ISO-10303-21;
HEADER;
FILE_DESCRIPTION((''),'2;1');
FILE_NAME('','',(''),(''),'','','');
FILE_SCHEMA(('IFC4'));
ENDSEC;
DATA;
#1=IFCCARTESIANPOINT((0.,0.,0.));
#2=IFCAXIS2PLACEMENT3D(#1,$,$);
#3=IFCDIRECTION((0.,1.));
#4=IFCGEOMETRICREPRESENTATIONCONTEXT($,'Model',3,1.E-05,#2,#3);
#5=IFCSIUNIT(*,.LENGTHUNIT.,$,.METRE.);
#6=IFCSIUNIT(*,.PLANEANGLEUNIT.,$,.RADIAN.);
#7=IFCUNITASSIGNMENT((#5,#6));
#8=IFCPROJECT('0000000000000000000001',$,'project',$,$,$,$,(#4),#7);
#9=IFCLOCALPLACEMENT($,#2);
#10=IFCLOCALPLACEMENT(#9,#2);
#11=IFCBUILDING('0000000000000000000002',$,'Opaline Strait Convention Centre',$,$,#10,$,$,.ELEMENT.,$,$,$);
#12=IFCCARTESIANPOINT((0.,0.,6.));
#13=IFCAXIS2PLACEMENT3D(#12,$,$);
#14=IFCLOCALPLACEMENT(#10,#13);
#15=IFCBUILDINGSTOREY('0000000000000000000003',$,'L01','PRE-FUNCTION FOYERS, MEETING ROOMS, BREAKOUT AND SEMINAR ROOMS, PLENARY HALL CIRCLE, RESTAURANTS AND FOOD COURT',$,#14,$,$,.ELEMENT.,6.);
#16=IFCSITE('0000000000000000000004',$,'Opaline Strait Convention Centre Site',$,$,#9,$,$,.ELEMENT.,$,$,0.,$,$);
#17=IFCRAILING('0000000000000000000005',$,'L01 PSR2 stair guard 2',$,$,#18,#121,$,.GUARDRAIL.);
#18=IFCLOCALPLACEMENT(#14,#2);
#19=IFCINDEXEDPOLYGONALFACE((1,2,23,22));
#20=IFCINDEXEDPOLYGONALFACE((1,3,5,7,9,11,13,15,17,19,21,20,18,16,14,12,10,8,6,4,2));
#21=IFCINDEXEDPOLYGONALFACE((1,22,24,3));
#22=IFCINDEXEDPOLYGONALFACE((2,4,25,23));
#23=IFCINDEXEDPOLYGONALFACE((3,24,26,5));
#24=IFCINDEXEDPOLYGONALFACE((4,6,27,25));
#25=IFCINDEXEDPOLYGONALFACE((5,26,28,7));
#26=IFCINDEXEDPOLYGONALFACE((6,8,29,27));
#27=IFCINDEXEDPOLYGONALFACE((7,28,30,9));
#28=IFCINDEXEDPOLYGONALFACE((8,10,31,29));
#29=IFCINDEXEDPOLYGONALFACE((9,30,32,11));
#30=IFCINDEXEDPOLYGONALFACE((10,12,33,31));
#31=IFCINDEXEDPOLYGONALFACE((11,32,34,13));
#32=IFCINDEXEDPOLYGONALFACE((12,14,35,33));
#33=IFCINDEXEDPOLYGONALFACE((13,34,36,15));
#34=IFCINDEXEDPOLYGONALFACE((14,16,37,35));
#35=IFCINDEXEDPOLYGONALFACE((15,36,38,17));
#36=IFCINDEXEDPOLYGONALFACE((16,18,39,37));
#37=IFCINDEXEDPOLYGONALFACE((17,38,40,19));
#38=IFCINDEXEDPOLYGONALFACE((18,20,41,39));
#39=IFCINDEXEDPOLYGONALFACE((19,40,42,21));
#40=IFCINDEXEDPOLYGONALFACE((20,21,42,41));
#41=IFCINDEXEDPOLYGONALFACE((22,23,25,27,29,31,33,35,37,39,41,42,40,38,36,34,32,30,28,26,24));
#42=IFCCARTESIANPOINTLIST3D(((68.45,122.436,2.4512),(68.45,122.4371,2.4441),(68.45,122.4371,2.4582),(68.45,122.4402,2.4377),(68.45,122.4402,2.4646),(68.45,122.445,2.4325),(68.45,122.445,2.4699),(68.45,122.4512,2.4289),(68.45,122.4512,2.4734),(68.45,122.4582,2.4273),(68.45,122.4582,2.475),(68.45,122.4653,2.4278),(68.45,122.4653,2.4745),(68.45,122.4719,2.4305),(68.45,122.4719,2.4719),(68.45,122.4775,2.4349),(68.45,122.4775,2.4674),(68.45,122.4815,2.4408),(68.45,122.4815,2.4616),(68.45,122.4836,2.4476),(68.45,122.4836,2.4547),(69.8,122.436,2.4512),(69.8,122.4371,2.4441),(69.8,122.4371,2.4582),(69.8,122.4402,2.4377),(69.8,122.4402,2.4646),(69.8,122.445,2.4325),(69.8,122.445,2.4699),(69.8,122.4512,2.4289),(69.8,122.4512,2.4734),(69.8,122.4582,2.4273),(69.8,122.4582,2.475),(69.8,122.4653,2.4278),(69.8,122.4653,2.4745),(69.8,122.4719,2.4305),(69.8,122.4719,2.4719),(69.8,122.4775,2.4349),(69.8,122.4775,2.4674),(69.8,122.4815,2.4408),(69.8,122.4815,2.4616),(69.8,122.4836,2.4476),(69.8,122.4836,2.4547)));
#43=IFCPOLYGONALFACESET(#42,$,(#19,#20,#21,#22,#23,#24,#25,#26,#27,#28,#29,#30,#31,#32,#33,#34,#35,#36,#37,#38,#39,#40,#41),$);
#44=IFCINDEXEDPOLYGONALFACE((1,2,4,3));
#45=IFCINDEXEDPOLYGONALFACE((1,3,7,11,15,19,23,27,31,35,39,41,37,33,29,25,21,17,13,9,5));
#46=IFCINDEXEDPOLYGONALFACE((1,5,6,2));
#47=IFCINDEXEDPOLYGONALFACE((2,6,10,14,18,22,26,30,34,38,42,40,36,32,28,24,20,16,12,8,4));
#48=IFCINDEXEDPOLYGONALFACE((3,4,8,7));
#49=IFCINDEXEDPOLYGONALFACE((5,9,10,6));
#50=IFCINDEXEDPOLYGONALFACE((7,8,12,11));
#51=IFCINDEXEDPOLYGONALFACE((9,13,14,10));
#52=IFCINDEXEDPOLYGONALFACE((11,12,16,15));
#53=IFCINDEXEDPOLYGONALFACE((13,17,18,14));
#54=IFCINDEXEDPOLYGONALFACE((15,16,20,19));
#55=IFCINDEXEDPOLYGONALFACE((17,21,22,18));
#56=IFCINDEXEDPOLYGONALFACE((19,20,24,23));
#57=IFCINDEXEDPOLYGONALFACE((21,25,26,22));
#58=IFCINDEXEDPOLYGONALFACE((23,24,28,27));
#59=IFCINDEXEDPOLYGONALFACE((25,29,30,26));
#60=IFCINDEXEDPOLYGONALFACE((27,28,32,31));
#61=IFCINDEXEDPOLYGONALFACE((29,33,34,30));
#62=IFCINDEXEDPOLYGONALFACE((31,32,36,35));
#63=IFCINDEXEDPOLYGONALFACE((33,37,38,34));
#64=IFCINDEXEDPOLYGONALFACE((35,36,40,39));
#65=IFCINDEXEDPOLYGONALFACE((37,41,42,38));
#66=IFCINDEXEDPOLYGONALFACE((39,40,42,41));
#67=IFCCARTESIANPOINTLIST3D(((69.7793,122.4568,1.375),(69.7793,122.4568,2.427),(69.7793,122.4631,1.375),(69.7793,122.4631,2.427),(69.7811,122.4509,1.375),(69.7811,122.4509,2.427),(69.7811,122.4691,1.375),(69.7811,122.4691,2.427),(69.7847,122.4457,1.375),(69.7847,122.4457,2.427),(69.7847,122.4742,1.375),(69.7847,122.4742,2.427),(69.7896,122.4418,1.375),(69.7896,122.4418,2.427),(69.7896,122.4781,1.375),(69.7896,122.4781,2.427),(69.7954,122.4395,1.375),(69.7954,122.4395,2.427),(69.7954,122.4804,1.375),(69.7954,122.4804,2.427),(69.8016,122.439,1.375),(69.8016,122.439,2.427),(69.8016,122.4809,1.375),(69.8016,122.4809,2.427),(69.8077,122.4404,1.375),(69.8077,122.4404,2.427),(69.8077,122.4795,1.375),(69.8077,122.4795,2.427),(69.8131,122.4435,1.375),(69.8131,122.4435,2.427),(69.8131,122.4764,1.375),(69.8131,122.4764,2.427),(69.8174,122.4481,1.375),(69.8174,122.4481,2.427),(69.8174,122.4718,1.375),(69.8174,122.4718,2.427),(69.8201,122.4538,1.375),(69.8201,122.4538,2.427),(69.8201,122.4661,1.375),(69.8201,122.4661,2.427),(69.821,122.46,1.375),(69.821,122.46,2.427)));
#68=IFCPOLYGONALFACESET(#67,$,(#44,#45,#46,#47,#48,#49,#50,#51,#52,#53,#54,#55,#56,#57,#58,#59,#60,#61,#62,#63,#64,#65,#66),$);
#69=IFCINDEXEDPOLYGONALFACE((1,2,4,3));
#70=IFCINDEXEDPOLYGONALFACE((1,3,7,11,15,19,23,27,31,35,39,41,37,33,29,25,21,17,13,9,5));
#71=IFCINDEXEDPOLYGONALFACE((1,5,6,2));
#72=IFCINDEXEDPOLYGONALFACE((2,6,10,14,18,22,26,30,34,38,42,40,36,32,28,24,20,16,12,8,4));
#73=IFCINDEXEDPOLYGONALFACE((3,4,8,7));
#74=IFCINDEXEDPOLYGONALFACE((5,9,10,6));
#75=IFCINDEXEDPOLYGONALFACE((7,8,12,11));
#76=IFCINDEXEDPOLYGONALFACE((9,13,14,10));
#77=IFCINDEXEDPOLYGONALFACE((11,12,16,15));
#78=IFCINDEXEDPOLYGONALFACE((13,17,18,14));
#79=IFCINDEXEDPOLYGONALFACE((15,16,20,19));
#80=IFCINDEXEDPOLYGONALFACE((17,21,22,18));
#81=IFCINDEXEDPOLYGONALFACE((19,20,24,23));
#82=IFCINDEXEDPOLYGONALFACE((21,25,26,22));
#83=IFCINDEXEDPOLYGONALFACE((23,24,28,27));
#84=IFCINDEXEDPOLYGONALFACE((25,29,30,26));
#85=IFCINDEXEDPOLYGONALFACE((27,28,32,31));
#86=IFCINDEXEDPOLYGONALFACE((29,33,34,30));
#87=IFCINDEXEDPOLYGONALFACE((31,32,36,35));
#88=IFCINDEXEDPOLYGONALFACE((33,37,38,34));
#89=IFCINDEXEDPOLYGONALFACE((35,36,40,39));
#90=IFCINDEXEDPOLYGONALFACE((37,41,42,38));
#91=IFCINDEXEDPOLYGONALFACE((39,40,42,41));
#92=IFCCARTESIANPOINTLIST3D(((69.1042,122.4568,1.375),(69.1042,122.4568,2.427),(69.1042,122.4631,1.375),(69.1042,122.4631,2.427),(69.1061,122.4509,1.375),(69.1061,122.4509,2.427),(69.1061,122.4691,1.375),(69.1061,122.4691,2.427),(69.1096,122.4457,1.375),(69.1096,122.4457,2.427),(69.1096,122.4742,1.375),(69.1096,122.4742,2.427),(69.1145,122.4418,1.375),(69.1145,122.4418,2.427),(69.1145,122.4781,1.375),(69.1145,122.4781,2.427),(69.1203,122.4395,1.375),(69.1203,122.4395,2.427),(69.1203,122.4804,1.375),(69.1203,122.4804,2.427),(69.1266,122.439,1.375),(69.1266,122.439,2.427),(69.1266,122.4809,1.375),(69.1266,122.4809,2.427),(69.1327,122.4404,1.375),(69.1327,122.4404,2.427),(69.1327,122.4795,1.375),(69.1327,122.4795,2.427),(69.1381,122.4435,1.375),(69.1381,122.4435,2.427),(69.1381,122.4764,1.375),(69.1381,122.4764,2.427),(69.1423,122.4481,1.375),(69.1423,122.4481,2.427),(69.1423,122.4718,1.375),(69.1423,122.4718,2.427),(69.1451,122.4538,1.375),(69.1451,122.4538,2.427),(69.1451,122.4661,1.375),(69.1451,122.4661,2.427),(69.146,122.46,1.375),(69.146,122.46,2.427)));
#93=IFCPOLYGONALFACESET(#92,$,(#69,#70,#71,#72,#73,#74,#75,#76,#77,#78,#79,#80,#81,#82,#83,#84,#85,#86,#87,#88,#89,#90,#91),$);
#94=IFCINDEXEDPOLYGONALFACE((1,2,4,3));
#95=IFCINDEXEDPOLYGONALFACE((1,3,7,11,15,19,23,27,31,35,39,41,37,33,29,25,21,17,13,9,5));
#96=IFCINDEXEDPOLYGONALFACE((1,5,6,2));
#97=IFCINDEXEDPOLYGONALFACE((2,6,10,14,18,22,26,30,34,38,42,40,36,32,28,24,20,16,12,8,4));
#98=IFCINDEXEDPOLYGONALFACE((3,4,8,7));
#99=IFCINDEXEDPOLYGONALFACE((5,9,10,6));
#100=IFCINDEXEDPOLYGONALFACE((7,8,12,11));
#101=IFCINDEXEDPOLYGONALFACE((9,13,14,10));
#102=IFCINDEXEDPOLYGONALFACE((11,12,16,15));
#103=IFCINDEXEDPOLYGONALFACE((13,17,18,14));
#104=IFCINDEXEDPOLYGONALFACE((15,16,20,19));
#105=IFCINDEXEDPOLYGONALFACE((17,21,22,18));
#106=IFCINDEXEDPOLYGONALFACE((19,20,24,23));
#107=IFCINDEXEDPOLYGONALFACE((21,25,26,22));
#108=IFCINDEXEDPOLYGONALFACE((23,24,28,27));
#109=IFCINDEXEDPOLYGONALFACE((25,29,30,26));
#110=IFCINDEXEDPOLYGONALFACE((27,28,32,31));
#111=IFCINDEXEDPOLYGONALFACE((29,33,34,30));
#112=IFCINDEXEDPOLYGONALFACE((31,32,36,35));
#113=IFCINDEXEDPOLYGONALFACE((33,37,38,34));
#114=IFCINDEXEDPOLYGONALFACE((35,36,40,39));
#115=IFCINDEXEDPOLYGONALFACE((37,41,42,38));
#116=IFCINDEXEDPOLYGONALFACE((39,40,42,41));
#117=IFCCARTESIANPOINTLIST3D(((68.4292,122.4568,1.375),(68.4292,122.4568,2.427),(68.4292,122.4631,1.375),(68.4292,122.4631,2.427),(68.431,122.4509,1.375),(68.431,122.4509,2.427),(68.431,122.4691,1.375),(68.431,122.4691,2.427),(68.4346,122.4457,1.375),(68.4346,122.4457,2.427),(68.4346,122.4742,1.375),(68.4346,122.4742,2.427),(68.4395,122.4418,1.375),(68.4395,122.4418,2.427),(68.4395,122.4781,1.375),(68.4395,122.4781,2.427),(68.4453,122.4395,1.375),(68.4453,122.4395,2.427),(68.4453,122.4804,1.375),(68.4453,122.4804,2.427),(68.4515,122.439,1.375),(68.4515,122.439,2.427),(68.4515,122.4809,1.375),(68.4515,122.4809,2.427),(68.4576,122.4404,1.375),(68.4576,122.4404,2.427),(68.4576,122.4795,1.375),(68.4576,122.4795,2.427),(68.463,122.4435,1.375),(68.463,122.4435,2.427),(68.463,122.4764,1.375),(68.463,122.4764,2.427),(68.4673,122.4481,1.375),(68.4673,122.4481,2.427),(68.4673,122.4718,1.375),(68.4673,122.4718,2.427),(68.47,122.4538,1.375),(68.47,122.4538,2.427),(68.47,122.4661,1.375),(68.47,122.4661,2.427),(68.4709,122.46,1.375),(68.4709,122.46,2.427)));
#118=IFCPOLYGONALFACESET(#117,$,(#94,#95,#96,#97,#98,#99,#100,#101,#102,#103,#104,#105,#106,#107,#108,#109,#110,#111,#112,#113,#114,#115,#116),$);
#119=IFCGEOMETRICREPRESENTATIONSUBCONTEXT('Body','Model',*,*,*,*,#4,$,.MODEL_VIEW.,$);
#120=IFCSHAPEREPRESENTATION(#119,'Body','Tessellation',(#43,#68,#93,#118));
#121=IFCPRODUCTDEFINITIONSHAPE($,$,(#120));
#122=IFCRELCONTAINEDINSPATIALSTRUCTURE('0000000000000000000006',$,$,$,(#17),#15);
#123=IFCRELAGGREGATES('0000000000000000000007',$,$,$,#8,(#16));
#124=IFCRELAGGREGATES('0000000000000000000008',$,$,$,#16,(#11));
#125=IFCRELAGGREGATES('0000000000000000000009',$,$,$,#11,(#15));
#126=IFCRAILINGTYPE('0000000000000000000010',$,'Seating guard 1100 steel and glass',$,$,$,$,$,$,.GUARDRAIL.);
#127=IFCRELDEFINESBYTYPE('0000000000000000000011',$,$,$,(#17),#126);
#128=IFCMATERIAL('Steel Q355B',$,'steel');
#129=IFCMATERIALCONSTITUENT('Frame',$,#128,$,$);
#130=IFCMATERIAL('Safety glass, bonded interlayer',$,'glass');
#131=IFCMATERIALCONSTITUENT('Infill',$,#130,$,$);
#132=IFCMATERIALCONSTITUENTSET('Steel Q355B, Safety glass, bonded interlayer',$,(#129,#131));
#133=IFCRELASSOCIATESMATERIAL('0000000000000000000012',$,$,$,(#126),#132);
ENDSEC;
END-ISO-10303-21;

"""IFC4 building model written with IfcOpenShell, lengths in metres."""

from ifc_helpers import new_model, si_unit, direction, frame, origin, origin_2d, place, context, subcontext, project, spatial, circle, extrude, material, constituent, constituent_set, type_object, element, save


model = new_model("IFC4")

# Units and contexts
model_context = context("Model", 3, precision=1e-05, world=origin(), true_north=direction((0.0, 1.0)))
body_context = subcontext(model_context, "Body", "Model", "MODEL_VIEW")
ifc_project = project(units=[si_unit("LENGTHUNIT", "METRE"), si_unit("PLANEANGLEUNIT", "RADIAN")], contexts=[model_context])

# Site, building, storey
site_placement = place(None, origin())
site = spatial("IfcSite", under=ifc_project, at=site_placement, Name="Opaline Strait Convention Centre Site", CompositionType="ELEMENT", RefElevation=0.0)
building_placement = place(site_placement, origin())
building = spatial("IfcBuilding", under=site, at=building_placement, Name="Opaline Strait Convention Centre", CompositionType="ELEMENT")
storey_placement = place(building_placement, frame((0.0, 0.0, 6.0)))
storey = spatial("IfcBuildingStorey", under=building, at=storey_placement, Name="L01", Description="PRE-FUNCTION FOYERS, MEETING ROOMS, BREAKOUT AND SEMINAR ROOMS, PLENARY HALL CIRCLE, RESTAURANTS AND FOOD COURT", CompositionType="ELEMENT", Elevation=6.0)

# Railing
ifc_material_1 = material(Name="Steel Q355B", Category="steel")
ifc_constituent_1 = constituent(ifc_material_1, Name="Frame")
ifc_material_2 = material(Name="Safety glass, bonded interlayer", Category="glass")
ifc_constituent_2 = constituent(ifc_material_2, Name="Infill")
ifc_constituent_set = constituent_set(constituents=[ifc_constituent_1, ifc_constituent_2], Name="Steel Q355B, Safety glass, bonded interlayer")
railing_type = type_object("IfcRailingType", Name="Seating guard 1100 steel and glass", PredefinedType="GUARDRAIL", material=ifc_constituent_set)
for number, where, name in (
    (1, (69.8, 122.46, 1.375), "L01 PSR2 stair guard 2"),
):
    element("IfcRailing", number, at=place(storey_placement, frame(where)), inside=storey, type_object=railing_type, Name=name, PredefinedType="GUARDRAIL", context=body_context, shape_type="SweptSolid", body=[
        extrude(circle(Radius=0.0239, at=origin_2d()), frame((0.0, 0.0, 1.0762), z_axis=(-1.0, 0.0, 0.0), x_axis=(0.0, -1.0, 0.0)), (0.0, 0.0, 1.0), 1.3501),
        extrude(circle(Radius=0.021, at=origin_2d()), origin(), (0.0, 0.0, 1.0), 1.052),
        extrude(circle(Radius=0.021, at=origin_2d()), frame((-0.675, 0.0, 0.0)), (0.0, 0.0, 1.0), 1.052),
        extrude(circle(Radius=0.021, at=origin_2d()), frame((-1.3501, 0.0, 0.0)), (0.0, 0.0, 1.0), 1.052),
    ])

save(model, "model.ifc")
